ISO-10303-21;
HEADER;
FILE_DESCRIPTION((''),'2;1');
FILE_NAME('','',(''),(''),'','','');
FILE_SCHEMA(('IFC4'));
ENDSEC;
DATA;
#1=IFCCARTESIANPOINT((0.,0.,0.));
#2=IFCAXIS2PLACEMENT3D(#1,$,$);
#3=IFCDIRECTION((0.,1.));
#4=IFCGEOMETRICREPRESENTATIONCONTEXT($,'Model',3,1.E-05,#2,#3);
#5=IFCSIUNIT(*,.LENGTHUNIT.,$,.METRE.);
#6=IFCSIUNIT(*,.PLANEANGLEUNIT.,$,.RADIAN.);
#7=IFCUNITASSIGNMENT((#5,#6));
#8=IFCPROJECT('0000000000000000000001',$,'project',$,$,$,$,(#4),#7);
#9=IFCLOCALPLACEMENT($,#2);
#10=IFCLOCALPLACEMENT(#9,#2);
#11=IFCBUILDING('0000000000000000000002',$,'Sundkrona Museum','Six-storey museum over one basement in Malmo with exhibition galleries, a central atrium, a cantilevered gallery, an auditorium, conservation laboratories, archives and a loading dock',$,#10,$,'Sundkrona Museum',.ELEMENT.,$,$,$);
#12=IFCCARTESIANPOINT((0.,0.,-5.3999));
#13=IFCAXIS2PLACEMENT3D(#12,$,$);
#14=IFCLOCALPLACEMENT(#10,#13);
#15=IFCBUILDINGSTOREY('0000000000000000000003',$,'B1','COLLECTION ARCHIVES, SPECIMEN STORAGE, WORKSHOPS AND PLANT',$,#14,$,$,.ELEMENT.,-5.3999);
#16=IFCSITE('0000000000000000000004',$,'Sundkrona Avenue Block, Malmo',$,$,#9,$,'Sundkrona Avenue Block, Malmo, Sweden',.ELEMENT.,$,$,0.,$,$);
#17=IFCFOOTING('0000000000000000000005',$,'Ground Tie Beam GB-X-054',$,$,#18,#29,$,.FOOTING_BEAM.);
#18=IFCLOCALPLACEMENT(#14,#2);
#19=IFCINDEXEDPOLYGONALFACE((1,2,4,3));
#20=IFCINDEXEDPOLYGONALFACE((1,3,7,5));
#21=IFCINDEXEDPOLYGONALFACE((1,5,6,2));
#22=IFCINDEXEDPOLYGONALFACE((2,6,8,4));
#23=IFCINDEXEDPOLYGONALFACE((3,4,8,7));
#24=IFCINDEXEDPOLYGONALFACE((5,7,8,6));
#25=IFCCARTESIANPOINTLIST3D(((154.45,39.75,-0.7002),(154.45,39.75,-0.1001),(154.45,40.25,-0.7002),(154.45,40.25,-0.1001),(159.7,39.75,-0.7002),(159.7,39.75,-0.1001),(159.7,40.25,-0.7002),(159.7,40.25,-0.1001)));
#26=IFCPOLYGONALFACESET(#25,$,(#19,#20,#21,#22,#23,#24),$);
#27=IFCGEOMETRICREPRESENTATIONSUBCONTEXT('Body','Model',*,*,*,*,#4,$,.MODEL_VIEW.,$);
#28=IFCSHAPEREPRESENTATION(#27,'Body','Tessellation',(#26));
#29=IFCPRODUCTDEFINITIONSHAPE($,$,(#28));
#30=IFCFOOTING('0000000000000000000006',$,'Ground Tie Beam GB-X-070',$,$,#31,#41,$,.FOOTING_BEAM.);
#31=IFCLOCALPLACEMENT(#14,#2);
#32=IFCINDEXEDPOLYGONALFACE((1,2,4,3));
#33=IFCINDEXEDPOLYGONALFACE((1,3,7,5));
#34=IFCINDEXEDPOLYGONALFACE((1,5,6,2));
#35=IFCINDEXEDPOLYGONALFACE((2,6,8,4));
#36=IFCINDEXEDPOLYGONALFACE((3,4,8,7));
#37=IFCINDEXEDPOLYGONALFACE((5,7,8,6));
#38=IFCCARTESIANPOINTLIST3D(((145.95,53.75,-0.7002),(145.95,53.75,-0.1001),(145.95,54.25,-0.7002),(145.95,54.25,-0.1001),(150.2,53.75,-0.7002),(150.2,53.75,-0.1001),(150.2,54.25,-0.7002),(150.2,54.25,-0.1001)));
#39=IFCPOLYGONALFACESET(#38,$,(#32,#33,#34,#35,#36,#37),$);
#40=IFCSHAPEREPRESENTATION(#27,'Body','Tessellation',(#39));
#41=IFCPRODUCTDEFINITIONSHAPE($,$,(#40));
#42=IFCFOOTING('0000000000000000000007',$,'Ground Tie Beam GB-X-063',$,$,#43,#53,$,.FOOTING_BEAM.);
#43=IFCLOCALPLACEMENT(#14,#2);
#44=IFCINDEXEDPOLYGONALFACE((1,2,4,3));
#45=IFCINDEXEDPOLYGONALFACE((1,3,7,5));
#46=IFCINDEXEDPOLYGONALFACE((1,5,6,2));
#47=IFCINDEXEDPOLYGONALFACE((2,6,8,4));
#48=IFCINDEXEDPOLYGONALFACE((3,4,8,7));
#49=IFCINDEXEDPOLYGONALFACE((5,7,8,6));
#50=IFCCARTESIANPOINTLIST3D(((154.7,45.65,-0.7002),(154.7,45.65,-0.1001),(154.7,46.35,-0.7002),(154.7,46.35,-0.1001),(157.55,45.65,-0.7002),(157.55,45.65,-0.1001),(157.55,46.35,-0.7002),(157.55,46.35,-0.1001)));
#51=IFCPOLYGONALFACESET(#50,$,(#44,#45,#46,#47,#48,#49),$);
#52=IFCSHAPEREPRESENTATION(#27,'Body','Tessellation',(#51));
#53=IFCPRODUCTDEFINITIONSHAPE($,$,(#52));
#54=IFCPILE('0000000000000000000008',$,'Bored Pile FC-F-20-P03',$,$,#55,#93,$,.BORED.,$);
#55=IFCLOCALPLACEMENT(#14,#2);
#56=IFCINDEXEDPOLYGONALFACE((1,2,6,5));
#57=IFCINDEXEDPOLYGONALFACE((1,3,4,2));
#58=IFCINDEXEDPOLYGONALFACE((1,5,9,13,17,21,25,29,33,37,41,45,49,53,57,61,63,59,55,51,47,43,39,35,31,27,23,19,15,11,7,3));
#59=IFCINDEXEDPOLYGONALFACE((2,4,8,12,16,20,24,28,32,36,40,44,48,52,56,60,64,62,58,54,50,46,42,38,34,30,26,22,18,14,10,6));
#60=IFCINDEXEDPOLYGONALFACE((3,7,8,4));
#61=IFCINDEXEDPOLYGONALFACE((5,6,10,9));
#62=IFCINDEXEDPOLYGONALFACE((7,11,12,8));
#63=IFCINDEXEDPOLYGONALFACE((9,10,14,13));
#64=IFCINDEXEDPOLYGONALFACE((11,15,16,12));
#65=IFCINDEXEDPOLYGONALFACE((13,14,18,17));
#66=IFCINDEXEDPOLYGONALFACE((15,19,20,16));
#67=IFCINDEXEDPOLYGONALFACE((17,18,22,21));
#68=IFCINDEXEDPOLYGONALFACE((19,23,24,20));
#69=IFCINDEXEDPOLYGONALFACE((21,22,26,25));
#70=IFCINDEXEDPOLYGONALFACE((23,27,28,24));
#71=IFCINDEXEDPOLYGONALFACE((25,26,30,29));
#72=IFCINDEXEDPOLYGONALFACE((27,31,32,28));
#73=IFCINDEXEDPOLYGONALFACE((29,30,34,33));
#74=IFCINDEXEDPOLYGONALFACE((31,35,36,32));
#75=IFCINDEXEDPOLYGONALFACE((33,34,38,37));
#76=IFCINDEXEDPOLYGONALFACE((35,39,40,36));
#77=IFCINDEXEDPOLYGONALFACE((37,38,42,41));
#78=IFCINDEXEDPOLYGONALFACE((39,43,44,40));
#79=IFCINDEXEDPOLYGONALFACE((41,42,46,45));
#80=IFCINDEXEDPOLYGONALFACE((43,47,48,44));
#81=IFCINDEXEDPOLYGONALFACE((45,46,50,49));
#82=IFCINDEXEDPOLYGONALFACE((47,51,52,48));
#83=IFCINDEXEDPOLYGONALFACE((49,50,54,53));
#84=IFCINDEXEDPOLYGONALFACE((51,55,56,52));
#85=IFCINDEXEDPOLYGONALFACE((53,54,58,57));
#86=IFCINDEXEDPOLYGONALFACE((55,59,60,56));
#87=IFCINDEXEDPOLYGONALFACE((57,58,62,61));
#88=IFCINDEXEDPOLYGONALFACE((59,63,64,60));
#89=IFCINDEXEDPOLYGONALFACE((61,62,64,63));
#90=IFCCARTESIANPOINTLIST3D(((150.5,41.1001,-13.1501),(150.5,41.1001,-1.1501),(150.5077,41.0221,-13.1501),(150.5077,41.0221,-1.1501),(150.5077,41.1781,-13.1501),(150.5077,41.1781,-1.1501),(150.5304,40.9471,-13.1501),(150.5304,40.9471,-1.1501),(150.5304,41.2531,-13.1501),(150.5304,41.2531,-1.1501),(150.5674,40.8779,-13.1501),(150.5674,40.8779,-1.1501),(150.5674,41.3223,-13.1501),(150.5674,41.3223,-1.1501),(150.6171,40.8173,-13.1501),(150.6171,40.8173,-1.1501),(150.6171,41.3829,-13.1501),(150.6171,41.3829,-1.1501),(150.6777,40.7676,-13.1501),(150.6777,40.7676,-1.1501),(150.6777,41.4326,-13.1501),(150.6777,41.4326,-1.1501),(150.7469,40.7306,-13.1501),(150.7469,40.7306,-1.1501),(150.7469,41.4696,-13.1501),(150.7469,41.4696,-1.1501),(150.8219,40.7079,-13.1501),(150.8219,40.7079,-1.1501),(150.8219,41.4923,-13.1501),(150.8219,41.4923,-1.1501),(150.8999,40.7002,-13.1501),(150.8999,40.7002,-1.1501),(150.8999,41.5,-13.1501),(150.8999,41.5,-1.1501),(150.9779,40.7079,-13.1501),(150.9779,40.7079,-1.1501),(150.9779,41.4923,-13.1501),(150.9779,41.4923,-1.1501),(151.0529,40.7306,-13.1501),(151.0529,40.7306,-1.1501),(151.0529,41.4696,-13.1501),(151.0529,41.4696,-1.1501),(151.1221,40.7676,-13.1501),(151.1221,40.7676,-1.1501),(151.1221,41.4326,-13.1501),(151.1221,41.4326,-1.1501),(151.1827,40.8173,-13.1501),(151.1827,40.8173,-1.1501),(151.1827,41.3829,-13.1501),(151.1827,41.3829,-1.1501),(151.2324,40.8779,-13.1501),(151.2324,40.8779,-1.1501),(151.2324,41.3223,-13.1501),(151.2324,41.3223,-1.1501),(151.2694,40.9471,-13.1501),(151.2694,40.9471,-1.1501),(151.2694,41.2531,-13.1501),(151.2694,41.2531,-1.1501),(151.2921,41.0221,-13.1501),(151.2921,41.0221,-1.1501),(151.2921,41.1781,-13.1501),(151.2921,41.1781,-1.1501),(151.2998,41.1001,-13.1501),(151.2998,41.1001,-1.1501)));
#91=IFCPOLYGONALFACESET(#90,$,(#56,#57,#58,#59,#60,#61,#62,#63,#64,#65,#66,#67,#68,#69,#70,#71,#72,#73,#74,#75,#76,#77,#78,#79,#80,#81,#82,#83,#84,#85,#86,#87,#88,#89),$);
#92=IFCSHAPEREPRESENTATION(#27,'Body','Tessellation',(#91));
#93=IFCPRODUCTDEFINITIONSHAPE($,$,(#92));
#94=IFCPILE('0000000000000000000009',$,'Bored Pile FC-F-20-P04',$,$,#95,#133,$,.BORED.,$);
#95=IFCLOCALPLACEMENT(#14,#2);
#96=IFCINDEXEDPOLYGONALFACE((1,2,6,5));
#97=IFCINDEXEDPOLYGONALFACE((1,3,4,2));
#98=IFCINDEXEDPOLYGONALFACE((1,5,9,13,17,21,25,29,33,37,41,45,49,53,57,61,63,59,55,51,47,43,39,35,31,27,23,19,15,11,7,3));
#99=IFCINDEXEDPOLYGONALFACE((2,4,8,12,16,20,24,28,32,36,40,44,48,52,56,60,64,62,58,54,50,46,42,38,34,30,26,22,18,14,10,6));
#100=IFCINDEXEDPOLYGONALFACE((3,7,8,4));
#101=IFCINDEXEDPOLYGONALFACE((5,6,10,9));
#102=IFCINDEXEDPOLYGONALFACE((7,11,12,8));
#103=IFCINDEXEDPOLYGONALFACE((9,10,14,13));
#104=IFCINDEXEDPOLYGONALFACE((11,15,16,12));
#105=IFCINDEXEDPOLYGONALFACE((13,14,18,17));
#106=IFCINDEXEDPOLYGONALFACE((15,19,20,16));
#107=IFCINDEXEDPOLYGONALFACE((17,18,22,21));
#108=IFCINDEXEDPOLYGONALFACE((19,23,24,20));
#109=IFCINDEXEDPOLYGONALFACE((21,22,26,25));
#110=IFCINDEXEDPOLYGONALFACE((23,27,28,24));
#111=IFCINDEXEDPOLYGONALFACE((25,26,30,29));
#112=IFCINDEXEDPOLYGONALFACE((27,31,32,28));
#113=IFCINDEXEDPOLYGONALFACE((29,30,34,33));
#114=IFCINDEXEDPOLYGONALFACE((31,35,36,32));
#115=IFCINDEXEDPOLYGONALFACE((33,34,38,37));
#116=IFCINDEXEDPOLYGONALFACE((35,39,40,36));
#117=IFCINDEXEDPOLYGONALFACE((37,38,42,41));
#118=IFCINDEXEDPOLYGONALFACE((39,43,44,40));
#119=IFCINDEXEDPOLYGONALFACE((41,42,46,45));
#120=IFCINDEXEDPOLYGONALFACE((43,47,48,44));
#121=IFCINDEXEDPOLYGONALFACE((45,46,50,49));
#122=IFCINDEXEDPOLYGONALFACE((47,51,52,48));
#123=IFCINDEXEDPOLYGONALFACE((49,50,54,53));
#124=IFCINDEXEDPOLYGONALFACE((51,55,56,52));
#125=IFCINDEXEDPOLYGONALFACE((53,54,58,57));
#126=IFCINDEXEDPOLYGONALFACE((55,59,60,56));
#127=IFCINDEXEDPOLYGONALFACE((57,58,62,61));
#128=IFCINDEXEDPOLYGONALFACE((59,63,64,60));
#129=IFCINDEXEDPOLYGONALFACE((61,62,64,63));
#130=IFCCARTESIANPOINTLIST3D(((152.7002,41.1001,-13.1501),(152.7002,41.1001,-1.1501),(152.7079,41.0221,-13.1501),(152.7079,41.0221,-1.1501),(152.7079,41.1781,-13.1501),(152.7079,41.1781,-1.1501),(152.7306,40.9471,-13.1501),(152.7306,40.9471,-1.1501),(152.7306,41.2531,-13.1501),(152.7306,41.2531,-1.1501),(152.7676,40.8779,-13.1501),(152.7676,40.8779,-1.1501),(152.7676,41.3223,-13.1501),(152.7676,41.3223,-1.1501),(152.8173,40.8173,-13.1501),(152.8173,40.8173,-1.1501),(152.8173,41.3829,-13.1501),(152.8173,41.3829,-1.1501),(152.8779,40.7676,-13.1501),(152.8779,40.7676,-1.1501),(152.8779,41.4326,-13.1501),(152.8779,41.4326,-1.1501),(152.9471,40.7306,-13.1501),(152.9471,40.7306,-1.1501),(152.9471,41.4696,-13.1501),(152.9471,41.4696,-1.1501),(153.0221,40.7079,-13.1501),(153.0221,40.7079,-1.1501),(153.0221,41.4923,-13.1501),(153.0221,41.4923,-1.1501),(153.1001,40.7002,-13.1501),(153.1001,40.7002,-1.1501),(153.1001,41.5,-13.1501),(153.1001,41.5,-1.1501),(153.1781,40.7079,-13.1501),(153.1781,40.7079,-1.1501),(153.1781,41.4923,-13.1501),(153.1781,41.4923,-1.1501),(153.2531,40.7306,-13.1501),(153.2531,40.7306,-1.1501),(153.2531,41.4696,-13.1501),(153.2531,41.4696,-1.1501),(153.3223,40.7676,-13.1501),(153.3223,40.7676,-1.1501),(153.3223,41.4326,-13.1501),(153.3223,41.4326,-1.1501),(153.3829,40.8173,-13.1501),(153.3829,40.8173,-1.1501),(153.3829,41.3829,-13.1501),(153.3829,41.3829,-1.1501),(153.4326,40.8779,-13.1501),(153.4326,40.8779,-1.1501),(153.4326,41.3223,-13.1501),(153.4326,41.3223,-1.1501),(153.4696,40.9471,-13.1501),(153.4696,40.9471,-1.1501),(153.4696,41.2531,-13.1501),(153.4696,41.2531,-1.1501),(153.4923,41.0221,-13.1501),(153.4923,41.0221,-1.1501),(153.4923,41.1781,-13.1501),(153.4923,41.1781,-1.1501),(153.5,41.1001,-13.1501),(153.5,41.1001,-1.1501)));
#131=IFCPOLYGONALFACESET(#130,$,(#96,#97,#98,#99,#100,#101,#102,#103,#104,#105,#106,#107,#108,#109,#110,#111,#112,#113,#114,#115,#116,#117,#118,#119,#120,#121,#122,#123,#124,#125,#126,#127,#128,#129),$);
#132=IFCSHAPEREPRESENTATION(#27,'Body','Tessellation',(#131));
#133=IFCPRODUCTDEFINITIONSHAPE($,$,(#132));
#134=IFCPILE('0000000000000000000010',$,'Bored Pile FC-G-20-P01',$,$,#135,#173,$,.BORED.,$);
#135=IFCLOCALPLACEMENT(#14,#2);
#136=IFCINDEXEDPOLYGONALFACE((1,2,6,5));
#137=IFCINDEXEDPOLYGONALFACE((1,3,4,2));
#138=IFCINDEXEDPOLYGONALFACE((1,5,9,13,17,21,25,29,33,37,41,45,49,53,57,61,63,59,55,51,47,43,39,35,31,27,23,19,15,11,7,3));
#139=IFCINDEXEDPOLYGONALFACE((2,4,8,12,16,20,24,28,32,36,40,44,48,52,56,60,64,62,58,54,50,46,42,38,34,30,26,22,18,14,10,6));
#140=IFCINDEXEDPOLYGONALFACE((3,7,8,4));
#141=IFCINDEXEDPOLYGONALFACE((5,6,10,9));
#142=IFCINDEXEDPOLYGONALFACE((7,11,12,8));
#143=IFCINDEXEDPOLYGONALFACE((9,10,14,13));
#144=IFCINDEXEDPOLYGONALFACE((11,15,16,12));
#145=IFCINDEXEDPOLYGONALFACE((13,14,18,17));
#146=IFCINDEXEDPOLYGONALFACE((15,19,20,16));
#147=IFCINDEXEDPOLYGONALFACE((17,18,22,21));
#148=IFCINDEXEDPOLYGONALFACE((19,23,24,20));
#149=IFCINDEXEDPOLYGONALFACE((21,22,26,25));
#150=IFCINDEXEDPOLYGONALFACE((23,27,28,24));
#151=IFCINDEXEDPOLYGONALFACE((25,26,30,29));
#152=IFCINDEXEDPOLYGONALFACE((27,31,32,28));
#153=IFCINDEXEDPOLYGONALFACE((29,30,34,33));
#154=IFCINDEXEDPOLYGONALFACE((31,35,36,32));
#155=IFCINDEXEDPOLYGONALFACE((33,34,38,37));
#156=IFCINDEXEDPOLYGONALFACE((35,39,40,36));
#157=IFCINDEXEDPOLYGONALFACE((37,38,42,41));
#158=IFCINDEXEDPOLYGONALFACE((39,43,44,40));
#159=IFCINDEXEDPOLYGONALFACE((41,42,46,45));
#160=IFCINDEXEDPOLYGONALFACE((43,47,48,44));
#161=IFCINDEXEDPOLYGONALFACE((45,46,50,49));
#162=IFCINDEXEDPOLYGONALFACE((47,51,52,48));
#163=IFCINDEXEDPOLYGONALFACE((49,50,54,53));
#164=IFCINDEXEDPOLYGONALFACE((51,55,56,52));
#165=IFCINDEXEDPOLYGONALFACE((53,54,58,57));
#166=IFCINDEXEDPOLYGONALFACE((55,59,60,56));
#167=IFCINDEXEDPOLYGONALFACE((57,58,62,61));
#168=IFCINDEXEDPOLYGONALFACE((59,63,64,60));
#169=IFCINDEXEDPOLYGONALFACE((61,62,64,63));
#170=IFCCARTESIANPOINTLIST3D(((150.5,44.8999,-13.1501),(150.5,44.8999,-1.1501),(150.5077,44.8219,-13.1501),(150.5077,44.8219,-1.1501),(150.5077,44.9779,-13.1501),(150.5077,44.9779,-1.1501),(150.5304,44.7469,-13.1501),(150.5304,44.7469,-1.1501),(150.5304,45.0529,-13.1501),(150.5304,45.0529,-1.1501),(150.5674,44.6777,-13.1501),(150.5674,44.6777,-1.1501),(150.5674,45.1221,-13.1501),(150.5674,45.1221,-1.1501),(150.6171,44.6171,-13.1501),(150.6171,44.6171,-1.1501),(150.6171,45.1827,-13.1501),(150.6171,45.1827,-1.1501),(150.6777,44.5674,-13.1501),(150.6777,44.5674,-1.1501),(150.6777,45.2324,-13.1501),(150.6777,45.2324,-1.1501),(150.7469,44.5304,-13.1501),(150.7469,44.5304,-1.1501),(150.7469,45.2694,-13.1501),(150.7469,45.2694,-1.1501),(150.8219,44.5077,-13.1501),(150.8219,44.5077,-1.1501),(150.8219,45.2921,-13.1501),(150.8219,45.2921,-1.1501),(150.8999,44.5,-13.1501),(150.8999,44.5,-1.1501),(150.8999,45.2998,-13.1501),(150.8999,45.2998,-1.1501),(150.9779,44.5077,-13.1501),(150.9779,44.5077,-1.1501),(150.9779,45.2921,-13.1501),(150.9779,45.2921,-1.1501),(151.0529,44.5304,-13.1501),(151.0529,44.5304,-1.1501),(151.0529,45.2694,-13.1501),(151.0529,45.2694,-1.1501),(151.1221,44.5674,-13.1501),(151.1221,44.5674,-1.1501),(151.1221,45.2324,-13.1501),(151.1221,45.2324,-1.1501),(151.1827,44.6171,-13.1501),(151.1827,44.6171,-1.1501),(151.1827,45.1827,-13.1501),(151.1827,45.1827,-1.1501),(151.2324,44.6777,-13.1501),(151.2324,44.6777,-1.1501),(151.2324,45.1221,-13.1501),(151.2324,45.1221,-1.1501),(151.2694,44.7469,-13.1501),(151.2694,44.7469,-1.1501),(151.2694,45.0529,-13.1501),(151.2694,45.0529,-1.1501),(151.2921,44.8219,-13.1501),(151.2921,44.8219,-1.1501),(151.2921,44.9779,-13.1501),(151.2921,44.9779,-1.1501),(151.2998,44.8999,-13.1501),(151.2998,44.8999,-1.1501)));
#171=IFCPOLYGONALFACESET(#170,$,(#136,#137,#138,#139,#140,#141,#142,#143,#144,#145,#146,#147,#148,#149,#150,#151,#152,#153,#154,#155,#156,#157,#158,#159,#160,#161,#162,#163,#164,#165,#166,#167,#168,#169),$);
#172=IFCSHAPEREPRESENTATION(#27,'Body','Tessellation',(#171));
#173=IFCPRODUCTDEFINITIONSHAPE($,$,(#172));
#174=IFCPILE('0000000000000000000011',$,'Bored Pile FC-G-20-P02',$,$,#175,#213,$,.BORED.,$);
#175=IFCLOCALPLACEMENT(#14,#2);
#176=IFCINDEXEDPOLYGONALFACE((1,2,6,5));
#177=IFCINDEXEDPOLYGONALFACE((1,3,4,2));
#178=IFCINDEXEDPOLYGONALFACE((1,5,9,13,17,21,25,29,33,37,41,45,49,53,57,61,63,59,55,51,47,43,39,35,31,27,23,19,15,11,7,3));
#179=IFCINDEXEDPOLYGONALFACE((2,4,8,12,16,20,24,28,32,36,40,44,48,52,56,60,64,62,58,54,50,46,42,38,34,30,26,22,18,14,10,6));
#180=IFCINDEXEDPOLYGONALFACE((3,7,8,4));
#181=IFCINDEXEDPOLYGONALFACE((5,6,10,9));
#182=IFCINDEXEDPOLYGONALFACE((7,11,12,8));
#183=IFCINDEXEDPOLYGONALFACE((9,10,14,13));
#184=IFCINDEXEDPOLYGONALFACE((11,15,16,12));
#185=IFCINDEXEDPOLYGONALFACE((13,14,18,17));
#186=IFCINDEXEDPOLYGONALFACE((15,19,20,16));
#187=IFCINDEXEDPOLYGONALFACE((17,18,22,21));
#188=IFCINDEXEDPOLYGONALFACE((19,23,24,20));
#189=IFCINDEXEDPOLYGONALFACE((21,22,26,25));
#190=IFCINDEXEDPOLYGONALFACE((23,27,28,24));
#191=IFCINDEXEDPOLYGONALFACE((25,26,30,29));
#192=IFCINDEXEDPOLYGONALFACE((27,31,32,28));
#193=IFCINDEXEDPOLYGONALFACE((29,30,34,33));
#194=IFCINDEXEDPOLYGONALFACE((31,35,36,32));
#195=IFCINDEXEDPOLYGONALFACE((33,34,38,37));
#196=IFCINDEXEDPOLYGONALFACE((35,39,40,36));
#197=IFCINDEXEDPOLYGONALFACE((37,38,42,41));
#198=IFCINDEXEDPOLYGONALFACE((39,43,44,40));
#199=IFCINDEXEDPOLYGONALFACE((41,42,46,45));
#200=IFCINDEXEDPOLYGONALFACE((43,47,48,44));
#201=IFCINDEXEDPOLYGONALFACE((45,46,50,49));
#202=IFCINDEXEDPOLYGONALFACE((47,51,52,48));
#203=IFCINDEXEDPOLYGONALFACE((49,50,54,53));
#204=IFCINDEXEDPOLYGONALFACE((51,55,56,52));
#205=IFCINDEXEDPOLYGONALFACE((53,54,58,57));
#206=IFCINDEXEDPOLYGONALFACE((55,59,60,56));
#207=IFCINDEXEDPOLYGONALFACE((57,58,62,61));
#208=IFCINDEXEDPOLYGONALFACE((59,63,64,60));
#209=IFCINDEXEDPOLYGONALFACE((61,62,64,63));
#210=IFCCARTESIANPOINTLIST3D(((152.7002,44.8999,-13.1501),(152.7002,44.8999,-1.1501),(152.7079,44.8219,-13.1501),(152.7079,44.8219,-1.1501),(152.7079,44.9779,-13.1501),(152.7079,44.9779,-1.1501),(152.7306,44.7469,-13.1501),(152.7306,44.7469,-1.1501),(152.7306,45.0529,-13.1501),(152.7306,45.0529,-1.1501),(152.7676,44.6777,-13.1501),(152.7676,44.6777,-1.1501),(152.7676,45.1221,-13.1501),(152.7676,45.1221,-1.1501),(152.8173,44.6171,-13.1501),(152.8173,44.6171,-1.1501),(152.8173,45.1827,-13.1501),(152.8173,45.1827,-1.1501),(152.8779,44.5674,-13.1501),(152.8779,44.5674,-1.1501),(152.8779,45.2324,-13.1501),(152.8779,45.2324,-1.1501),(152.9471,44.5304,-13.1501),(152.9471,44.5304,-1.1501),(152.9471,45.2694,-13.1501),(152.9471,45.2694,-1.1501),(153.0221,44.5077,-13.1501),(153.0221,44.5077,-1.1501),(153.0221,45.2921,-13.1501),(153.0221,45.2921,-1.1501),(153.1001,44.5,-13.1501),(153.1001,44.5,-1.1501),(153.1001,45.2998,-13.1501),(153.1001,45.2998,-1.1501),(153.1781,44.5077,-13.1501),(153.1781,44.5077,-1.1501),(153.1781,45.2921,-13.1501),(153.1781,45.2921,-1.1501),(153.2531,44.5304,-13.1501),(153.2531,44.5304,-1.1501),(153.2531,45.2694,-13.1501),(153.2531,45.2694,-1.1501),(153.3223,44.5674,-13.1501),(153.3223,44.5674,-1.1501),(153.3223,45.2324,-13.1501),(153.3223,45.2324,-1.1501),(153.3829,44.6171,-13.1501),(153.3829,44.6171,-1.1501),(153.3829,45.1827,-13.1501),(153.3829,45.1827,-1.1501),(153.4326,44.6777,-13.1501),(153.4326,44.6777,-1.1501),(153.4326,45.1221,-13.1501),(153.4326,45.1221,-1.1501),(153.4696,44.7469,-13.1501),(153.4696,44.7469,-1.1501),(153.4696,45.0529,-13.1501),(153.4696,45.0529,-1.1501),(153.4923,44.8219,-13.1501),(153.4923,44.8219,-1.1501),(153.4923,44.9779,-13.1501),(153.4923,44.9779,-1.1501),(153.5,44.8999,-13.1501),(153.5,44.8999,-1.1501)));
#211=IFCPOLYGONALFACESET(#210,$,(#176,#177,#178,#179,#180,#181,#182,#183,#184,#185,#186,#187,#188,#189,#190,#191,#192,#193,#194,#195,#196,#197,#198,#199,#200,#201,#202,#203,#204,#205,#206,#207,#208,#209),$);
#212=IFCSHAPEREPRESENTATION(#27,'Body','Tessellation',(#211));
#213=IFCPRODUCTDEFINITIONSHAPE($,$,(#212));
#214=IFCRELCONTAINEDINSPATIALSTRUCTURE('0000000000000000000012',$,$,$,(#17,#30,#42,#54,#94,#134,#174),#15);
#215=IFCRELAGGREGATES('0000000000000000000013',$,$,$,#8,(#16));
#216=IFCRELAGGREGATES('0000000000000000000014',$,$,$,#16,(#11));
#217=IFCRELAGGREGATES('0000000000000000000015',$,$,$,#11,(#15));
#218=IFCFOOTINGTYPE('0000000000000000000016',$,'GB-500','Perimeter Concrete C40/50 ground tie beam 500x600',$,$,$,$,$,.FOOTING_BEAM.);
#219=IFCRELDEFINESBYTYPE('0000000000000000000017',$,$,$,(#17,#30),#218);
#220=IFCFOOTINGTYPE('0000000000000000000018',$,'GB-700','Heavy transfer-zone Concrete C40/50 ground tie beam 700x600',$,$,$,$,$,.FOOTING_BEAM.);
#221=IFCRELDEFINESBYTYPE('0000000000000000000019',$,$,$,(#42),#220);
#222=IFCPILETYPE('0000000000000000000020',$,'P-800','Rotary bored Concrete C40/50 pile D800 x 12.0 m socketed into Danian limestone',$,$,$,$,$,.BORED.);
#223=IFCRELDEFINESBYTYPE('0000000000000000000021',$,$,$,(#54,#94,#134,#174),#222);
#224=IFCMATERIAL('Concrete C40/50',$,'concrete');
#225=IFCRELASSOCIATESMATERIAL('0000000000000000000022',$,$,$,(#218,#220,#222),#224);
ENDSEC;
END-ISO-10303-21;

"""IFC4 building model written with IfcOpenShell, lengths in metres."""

from ifc_helpers import new_model, si_unit, direction, frame, origin, origin_2d, place, context, subcontext, project, spatial, rectangle, circle, extrude, material, material_profile, profile_set, type_object, element, save


model = new_model("IFC4")

# Units and contexts
model_context = context("Model", 3, precision=1e-05, world=origin(), true_north=direction((0.0, 1.0)))
body_context = subcontext(model_context, "Body", "Model", "MODEL_VIEW")
ifc_project = project(units=[si_unit("LENGTHUNIT", "METRE"), si_unit("PLANEANGLEUNIT", "RADIAN")], contexts=[model_context])

# Site, building, storey
site_placement = place(None, origin())
site = spatial("IfcSite", under=ifc_project, at=site_placement, Name="Sundkrona Avenue Block, Malmo", LongName="Sundkrona Avenue Block, Malmo, Sweden", CompositionType="ELEMENT", RefElevation=0.0)
building_placement = place(site_placement, origin())
building = spatial("IfcBuilding", under=site, at=building_placement, Name="Sundkrona Museum", Description="Six-storey museum over one basement in Malmo with exhibition galleries, a central atrium, a cantilevered gallery, an auditorium, conservation laboratories, archives and a loading dock", LongName="Sundkrona Museum", CompositionType="ELEMENT")
storey_placement = place(building_placement, frame((0.0, 0.0, -5.3999)))
storey = spatial("IfcBuildingStorey", under=building, at=storey_placement, Name="B1", Description="COLLECTION ARCHIVES, SPECIMEN STORAGE, WORKSHOPS AND PLANT", CompositionType="ELEMENT", Elevation=-5.3999)

# Footings
ifc_material_1 = material(Name="Concrete C40/50", Category="concrete")
footing_type_1 = type_object("IfcFootingType", Name="GB-500", Description="Perimeter Concrete C40/50 ground tie beam 500x600", PredefinedType="FOOTING_BEAM", material=ifc_material_1)
footing_1_placement = place(storey_placement, frame((157.075, 40.0, -0.7002), z_axis=(0.0, 0.0, 1.0), x_axis=(1.0, 0.0, 0.0)))
element("IfcFooting", 1, at=footing_1_placement, inside=storey, type_object=footing_type_1, Name="Ground Tie Beam GB-X-054", PredefinedType="FOOTING_BEAM", context=body_context, shape_type="SweptSolid", body=[
    extrude(rectangle(XDim=5.25, YDim=0.5, at=origin_2d()), origin(), (0.0, 0.0, 1.0), 0.6001),
])
footing_2_placement = place(storey_placement, frame((148.075, 54.0, -0.7002), z_axis=(0.0, 0.0, 1.0), x_axis=(1.0, 0.0, 0.0)))
element("IfcFooting", 2, at=footing_2_placement, inside=storey, type_object=footing_type_1, Name="Ground Tie Beam GB-X-070", PredefinedType="FOOTING_BEAM", context=body_context, shape_type="SweptSolid", body=[
    extrude(rectangle(XDim=4.25, YDim=0.5, at=origin_2d()), origin(), (0.0, 0.0, 1.0), 0.6001),
])
footing_type_2 = type_object("IfcFootingType", Name="GB-700", Description="Heavy transfer-zone Concrete C40/50 ground tie beam 700x600", PredefinedType="FOOTING_BEAM", material=ifc_material_1)
footing_3_placement = place(storey_placement, frame((156.125, 46.0, -0.7002), z_axis=(0.0, 0.0, 1.0), x_axis=(1.0, 0.0, 0.0)))
element("IfcFooting", 3, at=footing_3_placement, inside=storey, type_object=footing_type_2, Name="Ground Tie Beam GB-X-063", PredefinedType="FOOTING_BEAM", context=body_context, shape_type="SweptSolid", body=[
    extrude(rectangle(XDim=2.8501, YDim=0.7, at=origin_2d()), origin(), (0.0, 0.0, 1.0), 0.6001),
])

# Piles
ifc_material_profile_1 = material_profile(ifc_material_1, circle(Radius=0.3999, at=origin_2d()), Name="PILE D800")
ifc_profile_set_1 = profile_set([ifc_material_profile_1], Name="Concrete C40/50")
pile_type = type_object("IfcPileType", Name="P-800", Description="Rotary bored Concrete C40/50 pile D800 x 12.0 m socketed into Danian limestone", PredefinedType="BORED", material=ifc_profile_set_1)
for number, where, z_axis, x_axis, name in (
    (4, (150.8999, 41.1001, -1.1501), (0.0, 0.0, -1.0), (1.0, 0.0, 0.0), "Bored Pile FC-F-20-P03"),
    (5, (153.1001, 41.1001, -1.1501), (0.0, 0.0, -1.0), (1.0, 0.0, 0.0), "Bored Pile FC-F-20-P04"),
    (6, (150.8999, 44.8999, -1.1501), (0.0, 0.0, -1.0), (1.0, 0.0, 0.0), "Bored Pile FC-G-20-P01"),
    (7, (153.1001, 44.8999, -1.1501), (0.0, 0.0, -1.0), (1.0, 0.0, 0.0), "Bored Pile FC-G-20-P02"),
):
    element("IfcPile", number, at=place(storey_placement, frame(where, z_axis=z_axis, x_axis=x_axis)), inside=storey, type_object=pile_type, Name=name, PredefinedType="BORED", context=body_context, shape_type="SweptSolid", body=[
        extrude(circle(Radius=0.3999, at=origin_2d()), origin(), (0.0, 0.0, 1.0), 12.0),
    ])

save(model, "model.ifc")
